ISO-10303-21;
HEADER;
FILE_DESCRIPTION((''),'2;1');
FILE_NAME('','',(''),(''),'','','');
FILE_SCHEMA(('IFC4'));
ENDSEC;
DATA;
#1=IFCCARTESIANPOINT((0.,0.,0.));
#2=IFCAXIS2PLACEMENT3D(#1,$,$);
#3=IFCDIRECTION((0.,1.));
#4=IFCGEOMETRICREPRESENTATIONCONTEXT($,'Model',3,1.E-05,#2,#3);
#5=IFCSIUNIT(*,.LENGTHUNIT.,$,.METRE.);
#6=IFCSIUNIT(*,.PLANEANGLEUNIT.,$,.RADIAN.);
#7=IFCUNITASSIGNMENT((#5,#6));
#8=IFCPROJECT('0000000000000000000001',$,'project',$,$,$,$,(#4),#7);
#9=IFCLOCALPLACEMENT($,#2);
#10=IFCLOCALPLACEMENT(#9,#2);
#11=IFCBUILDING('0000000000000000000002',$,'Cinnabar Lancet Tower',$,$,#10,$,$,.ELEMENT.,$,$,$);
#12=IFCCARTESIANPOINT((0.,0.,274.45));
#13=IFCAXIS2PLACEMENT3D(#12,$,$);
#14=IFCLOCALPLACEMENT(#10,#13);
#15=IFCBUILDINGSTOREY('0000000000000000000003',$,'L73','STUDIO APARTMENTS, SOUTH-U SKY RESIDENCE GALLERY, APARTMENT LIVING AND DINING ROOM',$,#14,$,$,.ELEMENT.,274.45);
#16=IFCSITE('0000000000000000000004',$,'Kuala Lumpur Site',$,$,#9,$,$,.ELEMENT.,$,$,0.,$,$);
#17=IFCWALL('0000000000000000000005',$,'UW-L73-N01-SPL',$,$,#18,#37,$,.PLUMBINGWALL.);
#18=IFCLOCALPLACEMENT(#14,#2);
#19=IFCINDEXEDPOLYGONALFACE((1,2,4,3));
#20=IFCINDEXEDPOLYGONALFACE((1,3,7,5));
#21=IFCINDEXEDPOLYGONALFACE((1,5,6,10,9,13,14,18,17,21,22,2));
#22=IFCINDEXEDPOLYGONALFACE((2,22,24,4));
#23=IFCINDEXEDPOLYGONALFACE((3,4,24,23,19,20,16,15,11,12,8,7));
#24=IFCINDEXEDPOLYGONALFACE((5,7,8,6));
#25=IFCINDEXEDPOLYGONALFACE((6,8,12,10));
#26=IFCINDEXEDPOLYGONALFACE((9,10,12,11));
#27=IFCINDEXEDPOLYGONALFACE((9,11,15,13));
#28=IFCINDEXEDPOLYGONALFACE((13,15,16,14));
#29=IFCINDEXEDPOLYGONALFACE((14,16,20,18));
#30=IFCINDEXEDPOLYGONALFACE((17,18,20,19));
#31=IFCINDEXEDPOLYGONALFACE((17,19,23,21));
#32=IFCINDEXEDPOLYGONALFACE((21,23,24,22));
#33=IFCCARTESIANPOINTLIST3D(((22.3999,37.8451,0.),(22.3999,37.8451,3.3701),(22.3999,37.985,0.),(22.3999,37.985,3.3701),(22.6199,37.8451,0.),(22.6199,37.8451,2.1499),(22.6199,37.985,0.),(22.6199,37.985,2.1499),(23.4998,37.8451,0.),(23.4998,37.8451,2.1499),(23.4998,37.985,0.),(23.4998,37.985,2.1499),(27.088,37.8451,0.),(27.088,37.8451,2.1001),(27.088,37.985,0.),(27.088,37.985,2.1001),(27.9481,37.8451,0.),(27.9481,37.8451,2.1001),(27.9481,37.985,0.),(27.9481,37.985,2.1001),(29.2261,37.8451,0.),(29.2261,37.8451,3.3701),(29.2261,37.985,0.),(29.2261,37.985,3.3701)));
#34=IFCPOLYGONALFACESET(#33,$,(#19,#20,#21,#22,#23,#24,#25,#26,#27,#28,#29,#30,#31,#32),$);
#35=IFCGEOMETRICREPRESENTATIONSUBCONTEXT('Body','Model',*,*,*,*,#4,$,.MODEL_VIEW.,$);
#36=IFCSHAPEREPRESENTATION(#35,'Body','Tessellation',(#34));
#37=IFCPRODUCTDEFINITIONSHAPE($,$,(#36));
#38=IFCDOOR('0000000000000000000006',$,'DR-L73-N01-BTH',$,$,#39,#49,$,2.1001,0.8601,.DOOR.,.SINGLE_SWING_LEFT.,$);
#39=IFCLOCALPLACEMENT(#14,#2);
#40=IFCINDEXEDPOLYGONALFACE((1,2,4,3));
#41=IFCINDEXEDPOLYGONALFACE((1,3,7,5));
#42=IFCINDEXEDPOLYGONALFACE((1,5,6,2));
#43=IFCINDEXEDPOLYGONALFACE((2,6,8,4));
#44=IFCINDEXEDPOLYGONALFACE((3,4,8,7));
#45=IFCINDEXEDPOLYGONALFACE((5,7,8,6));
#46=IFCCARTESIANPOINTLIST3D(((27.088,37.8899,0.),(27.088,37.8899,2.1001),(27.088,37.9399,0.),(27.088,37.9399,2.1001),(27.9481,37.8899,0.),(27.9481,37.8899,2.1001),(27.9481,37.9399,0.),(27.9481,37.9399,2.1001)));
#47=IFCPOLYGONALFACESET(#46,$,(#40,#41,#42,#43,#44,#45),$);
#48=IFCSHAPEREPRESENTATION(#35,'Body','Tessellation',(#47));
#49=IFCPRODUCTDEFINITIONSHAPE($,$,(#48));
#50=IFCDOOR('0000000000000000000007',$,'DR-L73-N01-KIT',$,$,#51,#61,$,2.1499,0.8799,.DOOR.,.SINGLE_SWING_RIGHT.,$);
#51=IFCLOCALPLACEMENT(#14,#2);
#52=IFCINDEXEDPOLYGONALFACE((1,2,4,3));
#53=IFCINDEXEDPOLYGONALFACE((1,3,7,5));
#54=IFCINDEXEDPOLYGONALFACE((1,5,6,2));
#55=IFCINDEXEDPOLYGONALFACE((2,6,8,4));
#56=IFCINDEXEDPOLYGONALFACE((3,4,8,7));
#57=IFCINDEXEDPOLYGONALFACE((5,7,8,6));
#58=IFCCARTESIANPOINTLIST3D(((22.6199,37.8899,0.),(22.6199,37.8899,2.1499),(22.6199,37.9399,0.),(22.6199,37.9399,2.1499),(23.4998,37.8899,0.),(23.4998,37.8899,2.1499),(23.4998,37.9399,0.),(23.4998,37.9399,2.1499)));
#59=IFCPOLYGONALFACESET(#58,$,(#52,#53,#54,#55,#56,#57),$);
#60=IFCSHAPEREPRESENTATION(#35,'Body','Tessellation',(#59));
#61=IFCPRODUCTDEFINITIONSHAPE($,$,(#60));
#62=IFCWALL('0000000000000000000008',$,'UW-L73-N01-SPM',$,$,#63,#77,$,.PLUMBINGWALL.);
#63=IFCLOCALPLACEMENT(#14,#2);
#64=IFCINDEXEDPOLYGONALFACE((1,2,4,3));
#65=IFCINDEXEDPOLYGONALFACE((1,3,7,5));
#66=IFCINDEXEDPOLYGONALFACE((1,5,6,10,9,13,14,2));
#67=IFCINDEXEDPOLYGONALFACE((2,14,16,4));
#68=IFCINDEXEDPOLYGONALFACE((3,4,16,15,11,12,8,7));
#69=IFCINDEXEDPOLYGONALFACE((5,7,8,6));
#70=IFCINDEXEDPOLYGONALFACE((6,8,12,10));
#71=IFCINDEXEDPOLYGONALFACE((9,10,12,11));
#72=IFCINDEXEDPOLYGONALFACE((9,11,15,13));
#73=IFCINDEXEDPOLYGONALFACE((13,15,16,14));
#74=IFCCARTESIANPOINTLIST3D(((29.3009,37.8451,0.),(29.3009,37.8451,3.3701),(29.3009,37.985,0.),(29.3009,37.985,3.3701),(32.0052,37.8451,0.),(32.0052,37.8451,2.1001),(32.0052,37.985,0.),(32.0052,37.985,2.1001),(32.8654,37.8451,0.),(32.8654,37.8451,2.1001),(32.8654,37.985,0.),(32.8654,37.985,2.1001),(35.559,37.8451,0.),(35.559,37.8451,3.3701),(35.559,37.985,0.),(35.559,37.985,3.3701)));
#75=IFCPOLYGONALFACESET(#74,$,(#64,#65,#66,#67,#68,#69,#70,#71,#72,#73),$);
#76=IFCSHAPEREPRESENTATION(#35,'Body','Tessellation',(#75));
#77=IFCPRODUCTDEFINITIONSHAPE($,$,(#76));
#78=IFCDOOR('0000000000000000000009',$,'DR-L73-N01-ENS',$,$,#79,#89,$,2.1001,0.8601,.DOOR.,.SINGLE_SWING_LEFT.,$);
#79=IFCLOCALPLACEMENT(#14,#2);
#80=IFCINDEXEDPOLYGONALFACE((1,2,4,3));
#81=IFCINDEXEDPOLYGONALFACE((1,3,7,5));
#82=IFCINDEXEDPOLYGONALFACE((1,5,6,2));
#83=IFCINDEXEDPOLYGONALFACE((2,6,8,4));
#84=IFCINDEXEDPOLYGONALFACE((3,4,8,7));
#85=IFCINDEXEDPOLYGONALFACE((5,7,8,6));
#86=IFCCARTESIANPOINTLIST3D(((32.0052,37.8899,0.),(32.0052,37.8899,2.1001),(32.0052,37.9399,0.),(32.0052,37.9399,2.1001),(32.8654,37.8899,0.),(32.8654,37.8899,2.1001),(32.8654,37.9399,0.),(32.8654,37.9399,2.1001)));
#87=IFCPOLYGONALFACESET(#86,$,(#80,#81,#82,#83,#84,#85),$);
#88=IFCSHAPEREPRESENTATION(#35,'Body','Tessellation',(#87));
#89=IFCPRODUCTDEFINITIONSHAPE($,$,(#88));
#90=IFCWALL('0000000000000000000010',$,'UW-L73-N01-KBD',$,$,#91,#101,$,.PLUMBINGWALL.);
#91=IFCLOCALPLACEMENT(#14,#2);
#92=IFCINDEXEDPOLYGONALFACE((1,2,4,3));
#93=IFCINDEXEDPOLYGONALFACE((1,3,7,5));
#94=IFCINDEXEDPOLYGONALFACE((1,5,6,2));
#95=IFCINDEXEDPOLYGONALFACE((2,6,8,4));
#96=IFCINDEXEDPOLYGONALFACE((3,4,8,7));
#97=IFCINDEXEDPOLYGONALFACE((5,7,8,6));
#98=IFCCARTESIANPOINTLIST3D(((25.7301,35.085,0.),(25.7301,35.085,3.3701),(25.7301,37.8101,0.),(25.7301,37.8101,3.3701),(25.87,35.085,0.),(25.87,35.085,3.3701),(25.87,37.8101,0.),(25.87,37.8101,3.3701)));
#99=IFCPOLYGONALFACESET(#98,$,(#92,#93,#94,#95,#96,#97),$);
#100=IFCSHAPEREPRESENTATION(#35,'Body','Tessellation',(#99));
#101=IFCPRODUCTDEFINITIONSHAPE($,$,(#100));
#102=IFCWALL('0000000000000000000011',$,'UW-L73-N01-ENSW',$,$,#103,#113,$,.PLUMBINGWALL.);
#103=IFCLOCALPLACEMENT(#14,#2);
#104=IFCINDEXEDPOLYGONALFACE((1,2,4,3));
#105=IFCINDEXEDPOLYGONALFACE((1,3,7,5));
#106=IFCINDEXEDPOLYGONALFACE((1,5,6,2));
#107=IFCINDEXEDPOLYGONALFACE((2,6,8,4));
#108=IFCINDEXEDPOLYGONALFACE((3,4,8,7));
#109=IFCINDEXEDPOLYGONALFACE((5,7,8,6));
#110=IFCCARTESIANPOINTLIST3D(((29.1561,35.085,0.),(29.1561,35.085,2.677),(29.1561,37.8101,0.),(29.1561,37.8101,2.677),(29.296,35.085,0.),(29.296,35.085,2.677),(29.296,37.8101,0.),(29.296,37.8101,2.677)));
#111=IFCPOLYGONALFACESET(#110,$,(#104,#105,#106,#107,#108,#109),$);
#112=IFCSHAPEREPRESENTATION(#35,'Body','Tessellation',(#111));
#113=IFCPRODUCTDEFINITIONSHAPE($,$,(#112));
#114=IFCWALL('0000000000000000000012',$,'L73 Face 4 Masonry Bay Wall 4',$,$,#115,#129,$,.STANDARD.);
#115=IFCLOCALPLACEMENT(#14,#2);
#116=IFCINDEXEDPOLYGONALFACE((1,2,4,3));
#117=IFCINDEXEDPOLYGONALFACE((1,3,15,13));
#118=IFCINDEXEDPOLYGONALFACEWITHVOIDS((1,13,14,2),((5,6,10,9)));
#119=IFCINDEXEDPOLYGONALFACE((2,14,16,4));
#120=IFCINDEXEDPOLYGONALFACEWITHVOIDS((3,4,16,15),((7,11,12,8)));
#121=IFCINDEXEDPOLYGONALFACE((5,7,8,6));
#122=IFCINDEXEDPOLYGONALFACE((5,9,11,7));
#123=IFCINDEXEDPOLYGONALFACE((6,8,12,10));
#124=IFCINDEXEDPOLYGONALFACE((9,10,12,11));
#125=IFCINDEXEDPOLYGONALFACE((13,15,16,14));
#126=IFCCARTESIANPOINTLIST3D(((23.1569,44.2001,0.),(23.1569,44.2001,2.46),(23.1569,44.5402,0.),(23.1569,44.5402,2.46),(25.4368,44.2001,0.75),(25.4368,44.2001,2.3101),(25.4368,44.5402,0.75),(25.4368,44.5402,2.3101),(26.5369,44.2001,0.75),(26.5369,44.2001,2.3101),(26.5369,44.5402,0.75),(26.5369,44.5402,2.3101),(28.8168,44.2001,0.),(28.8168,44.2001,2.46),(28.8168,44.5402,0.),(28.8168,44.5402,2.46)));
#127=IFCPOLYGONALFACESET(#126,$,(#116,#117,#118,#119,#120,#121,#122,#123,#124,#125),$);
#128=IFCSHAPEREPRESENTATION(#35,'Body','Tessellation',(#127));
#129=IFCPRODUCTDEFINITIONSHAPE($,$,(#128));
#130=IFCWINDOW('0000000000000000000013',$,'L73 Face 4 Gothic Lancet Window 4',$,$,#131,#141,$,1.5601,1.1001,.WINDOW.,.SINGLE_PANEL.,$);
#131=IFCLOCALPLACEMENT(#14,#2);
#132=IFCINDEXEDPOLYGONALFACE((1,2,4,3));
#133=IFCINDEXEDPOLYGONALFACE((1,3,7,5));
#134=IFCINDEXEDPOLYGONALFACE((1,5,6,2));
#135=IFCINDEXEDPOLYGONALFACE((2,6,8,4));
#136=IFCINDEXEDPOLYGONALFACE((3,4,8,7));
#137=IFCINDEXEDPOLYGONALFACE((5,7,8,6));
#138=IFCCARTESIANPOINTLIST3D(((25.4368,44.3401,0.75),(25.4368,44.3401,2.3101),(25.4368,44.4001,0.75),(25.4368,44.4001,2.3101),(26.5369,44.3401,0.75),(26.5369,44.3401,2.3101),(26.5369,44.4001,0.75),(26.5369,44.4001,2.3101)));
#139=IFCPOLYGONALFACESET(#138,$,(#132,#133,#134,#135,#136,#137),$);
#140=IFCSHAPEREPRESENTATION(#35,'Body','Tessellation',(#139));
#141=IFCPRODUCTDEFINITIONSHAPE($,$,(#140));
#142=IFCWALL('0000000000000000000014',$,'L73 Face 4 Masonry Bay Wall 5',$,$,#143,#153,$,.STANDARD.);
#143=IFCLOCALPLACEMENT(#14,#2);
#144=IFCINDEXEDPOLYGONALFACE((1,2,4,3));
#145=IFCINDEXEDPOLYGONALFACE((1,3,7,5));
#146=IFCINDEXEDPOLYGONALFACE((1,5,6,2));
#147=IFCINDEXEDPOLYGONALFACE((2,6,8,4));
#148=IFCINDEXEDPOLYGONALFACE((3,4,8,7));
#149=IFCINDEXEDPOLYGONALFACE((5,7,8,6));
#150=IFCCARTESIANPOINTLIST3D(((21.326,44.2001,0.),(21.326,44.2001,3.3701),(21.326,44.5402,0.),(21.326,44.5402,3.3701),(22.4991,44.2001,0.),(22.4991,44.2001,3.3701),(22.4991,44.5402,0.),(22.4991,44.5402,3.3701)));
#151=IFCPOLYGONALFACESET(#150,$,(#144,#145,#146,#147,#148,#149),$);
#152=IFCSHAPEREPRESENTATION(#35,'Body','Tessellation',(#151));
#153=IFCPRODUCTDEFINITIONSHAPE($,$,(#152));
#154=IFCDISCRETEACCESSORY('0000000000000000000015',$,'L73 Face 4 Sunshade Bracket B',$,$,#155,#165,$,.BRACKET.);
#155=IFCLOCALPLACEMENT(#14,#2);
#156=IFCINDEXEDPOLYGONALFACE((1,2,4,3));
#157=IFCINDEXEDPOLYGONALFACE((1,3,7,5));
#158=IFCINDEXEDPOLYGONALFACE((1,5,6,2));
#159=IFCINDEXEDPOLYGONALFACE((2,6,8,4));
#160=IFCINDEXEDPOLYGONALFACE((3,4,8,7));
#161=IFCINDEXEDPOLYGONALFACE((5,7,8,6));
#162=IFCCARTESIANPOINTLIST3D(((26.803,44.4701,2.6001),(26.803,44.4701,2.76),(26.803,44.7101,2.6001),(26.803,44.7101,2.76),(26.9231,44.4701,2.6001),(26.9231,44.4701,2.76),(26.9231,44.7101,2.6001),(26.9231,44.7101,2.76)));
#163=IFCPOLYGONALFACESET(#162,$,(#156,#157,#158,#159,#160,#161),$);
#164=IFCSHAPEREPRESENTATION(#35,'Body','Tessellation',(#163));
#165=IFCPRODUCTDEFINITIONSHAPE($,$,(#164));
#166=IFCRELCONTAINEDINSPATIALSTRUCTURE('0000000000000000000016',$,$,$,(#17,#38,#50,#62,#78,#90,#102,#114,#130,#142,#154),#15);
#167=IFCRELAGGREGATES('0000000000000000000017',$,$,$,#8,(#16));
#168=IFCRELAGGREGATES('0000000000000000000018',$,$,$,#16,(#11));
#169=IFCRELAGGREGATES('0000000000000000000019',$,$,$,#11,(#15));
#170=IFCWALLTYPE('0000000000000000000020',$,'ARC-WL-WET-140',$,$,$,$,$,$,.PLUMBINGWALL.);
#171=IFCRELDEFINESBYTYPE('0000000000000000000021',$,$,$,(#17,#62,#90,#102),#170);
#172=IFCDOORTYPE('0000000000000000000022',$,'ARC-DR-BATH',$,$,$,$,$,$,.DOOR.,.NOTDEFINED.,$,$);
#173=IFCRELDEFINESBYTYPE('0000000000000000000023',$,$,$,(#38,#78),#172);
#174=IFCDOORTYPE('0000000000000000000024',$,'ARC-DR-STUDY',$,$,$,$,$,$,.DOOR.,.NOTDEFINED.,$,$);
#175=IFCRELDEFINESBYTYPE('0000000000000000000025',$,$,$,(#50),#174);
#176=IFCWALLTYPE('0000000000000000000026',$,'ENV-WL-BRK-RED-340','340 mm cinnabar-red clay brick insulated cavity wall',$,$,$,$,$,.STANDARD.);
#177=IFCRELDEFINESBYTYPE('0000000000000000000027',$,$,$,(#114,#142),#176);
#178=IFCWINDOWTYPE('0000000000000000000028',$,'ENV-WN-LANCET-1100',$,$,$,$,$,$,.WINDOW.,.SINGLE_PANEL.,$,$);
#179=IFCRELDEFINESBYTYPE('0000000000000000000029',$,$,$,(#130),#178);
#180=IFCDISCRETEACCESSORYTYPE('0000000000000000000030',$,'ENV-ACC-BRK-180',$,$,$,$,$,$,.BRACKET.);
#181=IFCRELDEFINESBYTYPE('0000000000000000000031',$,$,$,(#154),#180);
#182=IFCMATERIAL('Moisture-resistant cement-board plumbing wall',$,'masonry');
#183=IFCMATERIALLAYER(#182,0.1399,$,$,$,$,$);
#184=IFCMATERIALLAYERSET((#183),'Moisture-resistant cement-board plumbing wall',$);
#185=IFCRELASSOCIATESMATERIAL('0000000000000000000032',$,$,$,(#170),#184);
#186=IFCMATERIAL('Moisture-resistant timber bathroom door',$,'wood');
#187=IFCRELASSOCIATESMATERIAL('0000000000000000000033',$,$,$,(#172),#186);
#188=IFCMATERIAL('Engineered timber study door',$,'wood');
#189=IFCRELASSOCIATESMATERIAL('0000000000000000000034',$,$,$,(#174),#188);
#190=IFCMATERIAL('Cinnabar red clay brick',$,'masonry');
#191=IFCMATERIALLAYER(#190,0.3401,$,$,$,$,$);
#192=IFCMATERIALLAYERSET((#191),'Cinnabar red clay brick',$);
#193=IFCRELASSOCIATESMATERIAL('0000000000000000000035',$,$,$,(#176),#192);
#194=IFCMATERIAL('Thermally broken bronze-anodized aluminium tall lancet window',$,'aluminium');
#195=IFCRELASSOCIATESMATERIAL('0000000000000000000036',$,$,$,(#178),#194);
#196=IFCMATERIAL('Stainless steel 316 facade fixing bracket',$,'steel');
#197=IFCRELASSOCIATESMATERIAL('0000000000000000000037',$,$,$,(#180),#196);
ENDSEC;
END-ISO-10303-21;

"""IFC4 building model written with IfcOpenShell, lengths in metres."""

from ifc_helpers import new_model, si_unit, direction, frame, frame_2d, origin, origin_2d, place, context, subcontext, project, spatial, rectangle, extrude, material, layer, layer_set, type_object, element, fill, save


model = new_model("IFC4")

# Units and contexts
model_context = context("Model", 3, precision=1e-05, world=origin(), true_north=direction((0.0, 1.0)))
body_context = subcontext(model_context, "Body", "Model", "MODEL_VIEW")
ifc_project = project(units=[si_unit("LENGTHUNIT", "METRE"), si_unit("PLANEANGLEUNIT", "RADIAN")], contexts=[model_context])

# Site, building, storey
site_placement = place(None, origin())
site = spatial("IfcSite", under=ifc_project, at=site_placement, Name="Kuala Lumpur Site", CompositionType="ELEMENT", RefElevation=0.0)
building_placement = place(site_placement, origin())
building = spatial("IfcBuilding", under=site, at=building_placement, Name="Cinnabar Lancet Tower", CompositionType="ELEMENT")
storey_placement = place(building_placement, frame((0.0, 0.0, 274.45)))
storey = spatial("IfcBuildingStorey", under=building, at=storey_placement, Name="L73", Description="STUDIO APARTMENTS, SOUTH-U SKY RESIDENCE GALLERY, APARTMENT LIVING AND DINING ROOM", CompositionType="ELEMENT", Elevation=274.45)

# Wall, openings, doors
ifc_material_1 = material(Name="Moisture-resistant cement-board plumbing wall", Category="masonry")
ifc_layer_1 = layer(ifc_material_1, 0.1399)
ifc_layer_set_1 = layer_set([ifc_layer_1], Name="Moisture-resistant cement-board plumbing wall")
wall_type_1 = type_object("IfcWallType", Name="ARC-WL-WET-140", PredefinedType="PLUMBINGWALL", material=ifc_layer_set_1)
wall_1_placement = place(storey_placement, frame((22.3999, 37.915, 0.0), z_axis=(0.0, 0.0, 1.0), x_axis=(1.0, 0.0, 0.0)))
wall_1 = element("IfcWall", 1, at=wall_1_placement, inside=storey, type_object=wall_type_1, Name="UW-L73-N01-SPL", PredefinedType="PLUMBINGWALL", context=body_context, shape_type="SweptSolid", body=[
    extrude(rectangle(XDim=6.8262, YDim=0.1399, at=frame_2d((3.4131, 0.0))), origin(), (0.0, 0.0, 1.0), 3.3701),
])
opening_1_placement = place(wall_1_placement, frame((4.688, 0.0, 0.0)))
opening_1 = element("IfcOpeningElement", 2, at=opening_1_placement, cuts=wall_1, PredefinedType="OPENING", context=body_context, shape_type="SweptSolid", body=[
    extrude(rectangle(XDim=0.8601, YDim=2.1001, at=frame_2d((0.4302, 1.05))), frame((0.0, 0.0798, 0.0), z_axis=(0.0, -1.0, 0.0), x_axis=(1.0, 0.0, 0.0)), (0.0, 0.0, 1.0), 0.1599),
])
opening_2_placement = place(wall_1_placement, frame((0.22, 0.0, 0.0)))
opening_2 = element("IfcOpeningElement", 3, at=opening_2_placement, cuts=wall_1, PredefinedType="OPENING", context=body_context, shape_type="SweptSolid", body=[
    extrude(rectangle(XDim=0.8799, YDim=2.1499, at=frame_2d((0.4399, 1.075))), frame((0.0, 0.0798, 0.0), z_axis=(0.0, -1.0, 0.0), x_axis=(1.0, 0.0, 0.0)), (0.0, 0.0, 1.0), 0.1599),
])
ifc_material_2 = material(Name="Moisture-resistant timber bathroom door", Category="wood")
door_type_1 = type_object("IfcDoorType", Name="ARC-DR-BATH", OperationType="NOTDEFINED", PredefinedType="DOOR", material=ifc_material_2)
door_1_placement = place(opening_1_placement, origin())
door_1 = element("IfcDoor", 4, at=door_1_placement, inside=storey, type_object=door_type_1, Name="DR-L73-N01-BTH", OperationType="SINGLE_SWING_LEFT", OverallHeight=2.1001, OverallWidth=0.8601, PredefinedType="DOOR", context=body_context, shape_type="SweptSolid", body=[
    extrude(rectangle(XDim=0.8601, YDim=2.1001, at=frame_2d((0.4302, 1.05))), frame((0.0, 0.0249, 0.0), z_axis=(0.0, -1.0, 0.0), x_axis=(1.0, 0.0, 0.0)), (0.0, 0.0, 1.0), 0.05),
])
fill(opening_1, door_1)
ifc_material_3 = material(Name="Engineered timber study door", Category="wood")
door_type_2 = type_object("IfcDoorType", Name="ARC-DR-STUDY", OperationType="NOTDEFINED", PredefinedType="DOOR", material=ifc_material_3)
door_2_placement = place(opening_2_placement, origin())
door_2 = element("IfcDoor", 5, at=door_2_placement, inside=storey, type_object=door_type_2, Name="DR-L73-N01-KIT", OperationType="SINGLE_SWING_RIGHT", OverallHeight=2.1499, OverallWidth=0.8799, PredefinedType="DOOR", context=body_context, shape_type="SweptSolid", body=[
    extrude(rectangle(XDim=0.8799, YDim=2.1499, at=frame_2d((0.4399, 1.075))), frame((0.0, 0.0249, 0.0), z_axis=(0.0, -1.0, 0.0), x_axis=(1.0, 0.0, 0.0)), (0.0, 0.0, 1.0), 0.05),
])
fill(opening_2, door_2)

# Wall, opening, door
wall_2_placement = place(storey_placement, frame((29.301, 37.915, 0.0), z_axis=(0.0, 0.0, 1.0), x_axis=(1.0, 0.0, 0.0)))
wall_2 = element("IfcWall", 6, at=wall_2_placement, inside=storey, type_object=wall_type_1, Name="UW-L73-N01-SPM", PredefinedType="PLUMBINGWALL", context=body_context, shape_type="SweptSolid", body=[
    extrude(rectangle(XDim=6.2581, YDim=0.1399, at=frame_2d((3.1289, 0.0))), origin(), (0.0, 0.0, 1.0), 3.3701),
])
opening_3_placement = place(wall_2_placement, frame((2.7041, 0.0, 0.0)))
opening_3 = element("IfcOpeningElement", 7, at=opening_3_placement, cuts=wall_2, PredefinedType="OPENING", context=body_context, shape_type="SweptSolid", body=[
    extrude(rectangle(XDim=0.8601, YDim=2.1001, at=frame_2d((0.4302, 1.05))), frame((0.0, 0.0798, 0.0), z_axis=(0.0, -1.0, 0.0), x_axis=(1.0, 0.0, 0.0)), (0.0, 0.0, 1.0), 0.1599),
])
door_3_placement = place(opening_3_placement, origin())
door_3 = element("IfcDoor", 8, at=door_3_placement, inside=storey, type_object=door_type_1, Name="DR-L73-N01-ENS", OperationType="SINGLE_SWING_LEFT", OverallHeight=2.1001, OverallWidth=0.8601, PredefinedType="DOOR", context=body_context, shape_type="SweptSolid", body=[
    extrude(rectangle(XDim=0.8601, YDim=2.1001, at=frame_2d((0.4302, 1.05))), frame((0.0, 0.0249, 0.0), z_axis=(0.0, -1.0, 0.0), x_axis=(1.0, 0.0, 0.0)), (0.0, 0.0, 1.0), 0.05),
])
fill(opening_3, door_3)

# Walls
wall_3_placement = place(storey_placement, frame((25.8, 35.085, 0.0), z_axis=(0.0, 0.0, 1.0), x_axis=(0.0, 1.0, 0.0)))
element("IfcWall", 9, at=wall_3_placement, inside=storey, type_object=wall_type_1, Name="UW-L73-N01-KBD", PredefinedType="PLUMBINGWALL", context=body_context, shape_type="SweptSolid", body=[
    extrude(rectangle(XDim=2.7251, YDim=0.1399, at=frame_2d((1.3625, 0.0))), origin(), (0.0, 0.0, 1.0), 3.3701),
])
wall_4_placement = place(storey_placement, frame((29.2261, 35.085, 0.0), z_axis=(0.0, 0.0, 1.0), x_axis=(0.0, 1.0, 0.0)))
element("IfcWall", 10, at=wall_4_placement, inside=storey, type_object=wall_type_1, Name="UW-L73-N01-ENSW", PredefinedType="PLUMBINGWALL", context=body_context, shape_type="SweptSolid", body=[
    extrude(rectangle(XDim=2.7251, YDim=0.1399, at=frame_2d((1.3625, 0.0))), origin(), (0.0, 0.0, 1.0), 2.677),
])

# Wall, opening, window
ifc_material_4 = material(Name="Cinnabar red clay brick", Category="masonry")
ifc_layer_2 = layer(ifc_material_4, 0.3401)
ifc_layer_set_2 = layer_set([ifc_layer_2], Name="Cinnabar red clay brick")
wall_type_2 = type_object("IfcWallType", Name="ENV-WL-BRK-RED-340", Description="340 mm cinnabar-red clay brick insulated cavity wall", PredefinedType="STANDARD", material=ifc_layer_set_2)
wall_5_placement = place(storey_placement, frame((28.8169, 44.3701, 0.0), z_axis=(0.0, 0.0, 1.0), x_axis=(-1.0, 0.0, 0.0)))
wall_5 = element("IfcWall", 11, at=wall_5_placement, inside=storey, type_object=wall_type_2, Name="L73 Face 4 Masonry Bay Wall 4", PredefinedType="STANDARD", context=body_context, shape_type="SweptSolid", body=[
    extrude(rectangle(XDim=5.6599, YDim=0.3401, at=frame_2d((2.8301, 0.0))), origin(), (0.0, 0.0, 1.0), 2.46),
])
opening_4_placement = place(wall_5_placement, frame((2.28, 0.0, 0.75)))
opening_4 = element("IfcOpeningElement", 12, at=opening_4_placement, cuts=wall_5, PredefinedType="OPENING", context=body_context, shape_type="SweptSolid", body=[
    extrude(rectangle(XDim=1.1001, YDim=1.5601, at=frame_2d((0.55, 0.78))), frame((0.0, 0.1799, 0.0), z_axis=(0.0, -1.0, 0.0), x_axis=(1.0, 0.0, 0.0)), (0.0, 0.0, 1.0), 0.3601),
])
ifc_material_5 = material(Name="Thermally broken bronze-anodized aluminium tall lancet window", Category="aluminium")
window_type = type_object("IfcWindowType", Name="ENV-WN-LANCET-1100", PartitioningType="SINGLE_PANEL", PredefinedType="WINDOW", material=ifc_material_5)
window_placement = place(opening_4_placement, origin())
window = element("IfcWindow", 13, at=window_placement, inside=storey, type_object=window_type, Name="L73 Face 4 Gothic Lancet Window 4", OverallHeight=1.5601, OverallWidth=1.1001, PartitioningType="SINGLE_PANEL", PredefinedType="WINDOW", context=body_context, shape_type="SweptSolid", body=[
    extrude(rectangle(XDim=1.1001, YDim=1.5601, at=frame_2d((0.55, 0.78))), frame((0.0, 0.03, 0.0), z_axis=(0.0, -1.0, 0.0), x_axis=(1.0, 0.0, 0.0)), (0.0, 0.0, 1.0), 0.0601),
])
fill(opening_4, window)

# Wall
wall_6_placement = place(storey_placement, frame((22.499, 44.3701, 0.0), z_axis=(0.0, 0.0, 1.0), x_axis=(-1.0, 0.0, 0.0)))
element("IfcWall", 14, at=wall_6_placement, inside=storey, type_object=wall_type_2, Name="L73 Face 4 Masonry Bay Wall 5", PredefinedType="STANDARD", context=body_context, shape_type="SweptSolid", body=[
    extrude(rectangle(XDim=1.1731, YDim=0.3401, at=frame_2d((0.5864, 0.0))), origin(), (0.0, 0.0, 1.0), 3.3701),
])

# Discrete accessory
ifc_material_6 = material(Name="Stainless steel 316 facade fixing bracket", Category="steel")
discrete_accessory_type = type_object("IfcDiscreteAccessoryType", Name="ENV-ACC-BRK-180", PredefinedType="BRACKET", material=ifc_material_6)
discrete_accessory_placement = place(storey_placement, frame((26.863, 44.5901, 2.6001), z_axis=(0.0, 0.0, 1.0), x_axis=(-1.0, 0.0, 0.0)))
element("IfcDiscreteAccessory", 15, at=discrete_accessory_placement, inside=storey, type_object=discrete_accessory_type, Name="L73 Face 4 Sunshade Bracket B", PredefinedType="BRACKET", context=body_context, shape_type="SweptSolid", body=[
    extrude(rectangle(XDim=0.1201, YDim=0.24, at=origin_2d()), origin(), (0.0, 0.0, 1.0), 0.1599),
])

save(model, "model.ifc")
